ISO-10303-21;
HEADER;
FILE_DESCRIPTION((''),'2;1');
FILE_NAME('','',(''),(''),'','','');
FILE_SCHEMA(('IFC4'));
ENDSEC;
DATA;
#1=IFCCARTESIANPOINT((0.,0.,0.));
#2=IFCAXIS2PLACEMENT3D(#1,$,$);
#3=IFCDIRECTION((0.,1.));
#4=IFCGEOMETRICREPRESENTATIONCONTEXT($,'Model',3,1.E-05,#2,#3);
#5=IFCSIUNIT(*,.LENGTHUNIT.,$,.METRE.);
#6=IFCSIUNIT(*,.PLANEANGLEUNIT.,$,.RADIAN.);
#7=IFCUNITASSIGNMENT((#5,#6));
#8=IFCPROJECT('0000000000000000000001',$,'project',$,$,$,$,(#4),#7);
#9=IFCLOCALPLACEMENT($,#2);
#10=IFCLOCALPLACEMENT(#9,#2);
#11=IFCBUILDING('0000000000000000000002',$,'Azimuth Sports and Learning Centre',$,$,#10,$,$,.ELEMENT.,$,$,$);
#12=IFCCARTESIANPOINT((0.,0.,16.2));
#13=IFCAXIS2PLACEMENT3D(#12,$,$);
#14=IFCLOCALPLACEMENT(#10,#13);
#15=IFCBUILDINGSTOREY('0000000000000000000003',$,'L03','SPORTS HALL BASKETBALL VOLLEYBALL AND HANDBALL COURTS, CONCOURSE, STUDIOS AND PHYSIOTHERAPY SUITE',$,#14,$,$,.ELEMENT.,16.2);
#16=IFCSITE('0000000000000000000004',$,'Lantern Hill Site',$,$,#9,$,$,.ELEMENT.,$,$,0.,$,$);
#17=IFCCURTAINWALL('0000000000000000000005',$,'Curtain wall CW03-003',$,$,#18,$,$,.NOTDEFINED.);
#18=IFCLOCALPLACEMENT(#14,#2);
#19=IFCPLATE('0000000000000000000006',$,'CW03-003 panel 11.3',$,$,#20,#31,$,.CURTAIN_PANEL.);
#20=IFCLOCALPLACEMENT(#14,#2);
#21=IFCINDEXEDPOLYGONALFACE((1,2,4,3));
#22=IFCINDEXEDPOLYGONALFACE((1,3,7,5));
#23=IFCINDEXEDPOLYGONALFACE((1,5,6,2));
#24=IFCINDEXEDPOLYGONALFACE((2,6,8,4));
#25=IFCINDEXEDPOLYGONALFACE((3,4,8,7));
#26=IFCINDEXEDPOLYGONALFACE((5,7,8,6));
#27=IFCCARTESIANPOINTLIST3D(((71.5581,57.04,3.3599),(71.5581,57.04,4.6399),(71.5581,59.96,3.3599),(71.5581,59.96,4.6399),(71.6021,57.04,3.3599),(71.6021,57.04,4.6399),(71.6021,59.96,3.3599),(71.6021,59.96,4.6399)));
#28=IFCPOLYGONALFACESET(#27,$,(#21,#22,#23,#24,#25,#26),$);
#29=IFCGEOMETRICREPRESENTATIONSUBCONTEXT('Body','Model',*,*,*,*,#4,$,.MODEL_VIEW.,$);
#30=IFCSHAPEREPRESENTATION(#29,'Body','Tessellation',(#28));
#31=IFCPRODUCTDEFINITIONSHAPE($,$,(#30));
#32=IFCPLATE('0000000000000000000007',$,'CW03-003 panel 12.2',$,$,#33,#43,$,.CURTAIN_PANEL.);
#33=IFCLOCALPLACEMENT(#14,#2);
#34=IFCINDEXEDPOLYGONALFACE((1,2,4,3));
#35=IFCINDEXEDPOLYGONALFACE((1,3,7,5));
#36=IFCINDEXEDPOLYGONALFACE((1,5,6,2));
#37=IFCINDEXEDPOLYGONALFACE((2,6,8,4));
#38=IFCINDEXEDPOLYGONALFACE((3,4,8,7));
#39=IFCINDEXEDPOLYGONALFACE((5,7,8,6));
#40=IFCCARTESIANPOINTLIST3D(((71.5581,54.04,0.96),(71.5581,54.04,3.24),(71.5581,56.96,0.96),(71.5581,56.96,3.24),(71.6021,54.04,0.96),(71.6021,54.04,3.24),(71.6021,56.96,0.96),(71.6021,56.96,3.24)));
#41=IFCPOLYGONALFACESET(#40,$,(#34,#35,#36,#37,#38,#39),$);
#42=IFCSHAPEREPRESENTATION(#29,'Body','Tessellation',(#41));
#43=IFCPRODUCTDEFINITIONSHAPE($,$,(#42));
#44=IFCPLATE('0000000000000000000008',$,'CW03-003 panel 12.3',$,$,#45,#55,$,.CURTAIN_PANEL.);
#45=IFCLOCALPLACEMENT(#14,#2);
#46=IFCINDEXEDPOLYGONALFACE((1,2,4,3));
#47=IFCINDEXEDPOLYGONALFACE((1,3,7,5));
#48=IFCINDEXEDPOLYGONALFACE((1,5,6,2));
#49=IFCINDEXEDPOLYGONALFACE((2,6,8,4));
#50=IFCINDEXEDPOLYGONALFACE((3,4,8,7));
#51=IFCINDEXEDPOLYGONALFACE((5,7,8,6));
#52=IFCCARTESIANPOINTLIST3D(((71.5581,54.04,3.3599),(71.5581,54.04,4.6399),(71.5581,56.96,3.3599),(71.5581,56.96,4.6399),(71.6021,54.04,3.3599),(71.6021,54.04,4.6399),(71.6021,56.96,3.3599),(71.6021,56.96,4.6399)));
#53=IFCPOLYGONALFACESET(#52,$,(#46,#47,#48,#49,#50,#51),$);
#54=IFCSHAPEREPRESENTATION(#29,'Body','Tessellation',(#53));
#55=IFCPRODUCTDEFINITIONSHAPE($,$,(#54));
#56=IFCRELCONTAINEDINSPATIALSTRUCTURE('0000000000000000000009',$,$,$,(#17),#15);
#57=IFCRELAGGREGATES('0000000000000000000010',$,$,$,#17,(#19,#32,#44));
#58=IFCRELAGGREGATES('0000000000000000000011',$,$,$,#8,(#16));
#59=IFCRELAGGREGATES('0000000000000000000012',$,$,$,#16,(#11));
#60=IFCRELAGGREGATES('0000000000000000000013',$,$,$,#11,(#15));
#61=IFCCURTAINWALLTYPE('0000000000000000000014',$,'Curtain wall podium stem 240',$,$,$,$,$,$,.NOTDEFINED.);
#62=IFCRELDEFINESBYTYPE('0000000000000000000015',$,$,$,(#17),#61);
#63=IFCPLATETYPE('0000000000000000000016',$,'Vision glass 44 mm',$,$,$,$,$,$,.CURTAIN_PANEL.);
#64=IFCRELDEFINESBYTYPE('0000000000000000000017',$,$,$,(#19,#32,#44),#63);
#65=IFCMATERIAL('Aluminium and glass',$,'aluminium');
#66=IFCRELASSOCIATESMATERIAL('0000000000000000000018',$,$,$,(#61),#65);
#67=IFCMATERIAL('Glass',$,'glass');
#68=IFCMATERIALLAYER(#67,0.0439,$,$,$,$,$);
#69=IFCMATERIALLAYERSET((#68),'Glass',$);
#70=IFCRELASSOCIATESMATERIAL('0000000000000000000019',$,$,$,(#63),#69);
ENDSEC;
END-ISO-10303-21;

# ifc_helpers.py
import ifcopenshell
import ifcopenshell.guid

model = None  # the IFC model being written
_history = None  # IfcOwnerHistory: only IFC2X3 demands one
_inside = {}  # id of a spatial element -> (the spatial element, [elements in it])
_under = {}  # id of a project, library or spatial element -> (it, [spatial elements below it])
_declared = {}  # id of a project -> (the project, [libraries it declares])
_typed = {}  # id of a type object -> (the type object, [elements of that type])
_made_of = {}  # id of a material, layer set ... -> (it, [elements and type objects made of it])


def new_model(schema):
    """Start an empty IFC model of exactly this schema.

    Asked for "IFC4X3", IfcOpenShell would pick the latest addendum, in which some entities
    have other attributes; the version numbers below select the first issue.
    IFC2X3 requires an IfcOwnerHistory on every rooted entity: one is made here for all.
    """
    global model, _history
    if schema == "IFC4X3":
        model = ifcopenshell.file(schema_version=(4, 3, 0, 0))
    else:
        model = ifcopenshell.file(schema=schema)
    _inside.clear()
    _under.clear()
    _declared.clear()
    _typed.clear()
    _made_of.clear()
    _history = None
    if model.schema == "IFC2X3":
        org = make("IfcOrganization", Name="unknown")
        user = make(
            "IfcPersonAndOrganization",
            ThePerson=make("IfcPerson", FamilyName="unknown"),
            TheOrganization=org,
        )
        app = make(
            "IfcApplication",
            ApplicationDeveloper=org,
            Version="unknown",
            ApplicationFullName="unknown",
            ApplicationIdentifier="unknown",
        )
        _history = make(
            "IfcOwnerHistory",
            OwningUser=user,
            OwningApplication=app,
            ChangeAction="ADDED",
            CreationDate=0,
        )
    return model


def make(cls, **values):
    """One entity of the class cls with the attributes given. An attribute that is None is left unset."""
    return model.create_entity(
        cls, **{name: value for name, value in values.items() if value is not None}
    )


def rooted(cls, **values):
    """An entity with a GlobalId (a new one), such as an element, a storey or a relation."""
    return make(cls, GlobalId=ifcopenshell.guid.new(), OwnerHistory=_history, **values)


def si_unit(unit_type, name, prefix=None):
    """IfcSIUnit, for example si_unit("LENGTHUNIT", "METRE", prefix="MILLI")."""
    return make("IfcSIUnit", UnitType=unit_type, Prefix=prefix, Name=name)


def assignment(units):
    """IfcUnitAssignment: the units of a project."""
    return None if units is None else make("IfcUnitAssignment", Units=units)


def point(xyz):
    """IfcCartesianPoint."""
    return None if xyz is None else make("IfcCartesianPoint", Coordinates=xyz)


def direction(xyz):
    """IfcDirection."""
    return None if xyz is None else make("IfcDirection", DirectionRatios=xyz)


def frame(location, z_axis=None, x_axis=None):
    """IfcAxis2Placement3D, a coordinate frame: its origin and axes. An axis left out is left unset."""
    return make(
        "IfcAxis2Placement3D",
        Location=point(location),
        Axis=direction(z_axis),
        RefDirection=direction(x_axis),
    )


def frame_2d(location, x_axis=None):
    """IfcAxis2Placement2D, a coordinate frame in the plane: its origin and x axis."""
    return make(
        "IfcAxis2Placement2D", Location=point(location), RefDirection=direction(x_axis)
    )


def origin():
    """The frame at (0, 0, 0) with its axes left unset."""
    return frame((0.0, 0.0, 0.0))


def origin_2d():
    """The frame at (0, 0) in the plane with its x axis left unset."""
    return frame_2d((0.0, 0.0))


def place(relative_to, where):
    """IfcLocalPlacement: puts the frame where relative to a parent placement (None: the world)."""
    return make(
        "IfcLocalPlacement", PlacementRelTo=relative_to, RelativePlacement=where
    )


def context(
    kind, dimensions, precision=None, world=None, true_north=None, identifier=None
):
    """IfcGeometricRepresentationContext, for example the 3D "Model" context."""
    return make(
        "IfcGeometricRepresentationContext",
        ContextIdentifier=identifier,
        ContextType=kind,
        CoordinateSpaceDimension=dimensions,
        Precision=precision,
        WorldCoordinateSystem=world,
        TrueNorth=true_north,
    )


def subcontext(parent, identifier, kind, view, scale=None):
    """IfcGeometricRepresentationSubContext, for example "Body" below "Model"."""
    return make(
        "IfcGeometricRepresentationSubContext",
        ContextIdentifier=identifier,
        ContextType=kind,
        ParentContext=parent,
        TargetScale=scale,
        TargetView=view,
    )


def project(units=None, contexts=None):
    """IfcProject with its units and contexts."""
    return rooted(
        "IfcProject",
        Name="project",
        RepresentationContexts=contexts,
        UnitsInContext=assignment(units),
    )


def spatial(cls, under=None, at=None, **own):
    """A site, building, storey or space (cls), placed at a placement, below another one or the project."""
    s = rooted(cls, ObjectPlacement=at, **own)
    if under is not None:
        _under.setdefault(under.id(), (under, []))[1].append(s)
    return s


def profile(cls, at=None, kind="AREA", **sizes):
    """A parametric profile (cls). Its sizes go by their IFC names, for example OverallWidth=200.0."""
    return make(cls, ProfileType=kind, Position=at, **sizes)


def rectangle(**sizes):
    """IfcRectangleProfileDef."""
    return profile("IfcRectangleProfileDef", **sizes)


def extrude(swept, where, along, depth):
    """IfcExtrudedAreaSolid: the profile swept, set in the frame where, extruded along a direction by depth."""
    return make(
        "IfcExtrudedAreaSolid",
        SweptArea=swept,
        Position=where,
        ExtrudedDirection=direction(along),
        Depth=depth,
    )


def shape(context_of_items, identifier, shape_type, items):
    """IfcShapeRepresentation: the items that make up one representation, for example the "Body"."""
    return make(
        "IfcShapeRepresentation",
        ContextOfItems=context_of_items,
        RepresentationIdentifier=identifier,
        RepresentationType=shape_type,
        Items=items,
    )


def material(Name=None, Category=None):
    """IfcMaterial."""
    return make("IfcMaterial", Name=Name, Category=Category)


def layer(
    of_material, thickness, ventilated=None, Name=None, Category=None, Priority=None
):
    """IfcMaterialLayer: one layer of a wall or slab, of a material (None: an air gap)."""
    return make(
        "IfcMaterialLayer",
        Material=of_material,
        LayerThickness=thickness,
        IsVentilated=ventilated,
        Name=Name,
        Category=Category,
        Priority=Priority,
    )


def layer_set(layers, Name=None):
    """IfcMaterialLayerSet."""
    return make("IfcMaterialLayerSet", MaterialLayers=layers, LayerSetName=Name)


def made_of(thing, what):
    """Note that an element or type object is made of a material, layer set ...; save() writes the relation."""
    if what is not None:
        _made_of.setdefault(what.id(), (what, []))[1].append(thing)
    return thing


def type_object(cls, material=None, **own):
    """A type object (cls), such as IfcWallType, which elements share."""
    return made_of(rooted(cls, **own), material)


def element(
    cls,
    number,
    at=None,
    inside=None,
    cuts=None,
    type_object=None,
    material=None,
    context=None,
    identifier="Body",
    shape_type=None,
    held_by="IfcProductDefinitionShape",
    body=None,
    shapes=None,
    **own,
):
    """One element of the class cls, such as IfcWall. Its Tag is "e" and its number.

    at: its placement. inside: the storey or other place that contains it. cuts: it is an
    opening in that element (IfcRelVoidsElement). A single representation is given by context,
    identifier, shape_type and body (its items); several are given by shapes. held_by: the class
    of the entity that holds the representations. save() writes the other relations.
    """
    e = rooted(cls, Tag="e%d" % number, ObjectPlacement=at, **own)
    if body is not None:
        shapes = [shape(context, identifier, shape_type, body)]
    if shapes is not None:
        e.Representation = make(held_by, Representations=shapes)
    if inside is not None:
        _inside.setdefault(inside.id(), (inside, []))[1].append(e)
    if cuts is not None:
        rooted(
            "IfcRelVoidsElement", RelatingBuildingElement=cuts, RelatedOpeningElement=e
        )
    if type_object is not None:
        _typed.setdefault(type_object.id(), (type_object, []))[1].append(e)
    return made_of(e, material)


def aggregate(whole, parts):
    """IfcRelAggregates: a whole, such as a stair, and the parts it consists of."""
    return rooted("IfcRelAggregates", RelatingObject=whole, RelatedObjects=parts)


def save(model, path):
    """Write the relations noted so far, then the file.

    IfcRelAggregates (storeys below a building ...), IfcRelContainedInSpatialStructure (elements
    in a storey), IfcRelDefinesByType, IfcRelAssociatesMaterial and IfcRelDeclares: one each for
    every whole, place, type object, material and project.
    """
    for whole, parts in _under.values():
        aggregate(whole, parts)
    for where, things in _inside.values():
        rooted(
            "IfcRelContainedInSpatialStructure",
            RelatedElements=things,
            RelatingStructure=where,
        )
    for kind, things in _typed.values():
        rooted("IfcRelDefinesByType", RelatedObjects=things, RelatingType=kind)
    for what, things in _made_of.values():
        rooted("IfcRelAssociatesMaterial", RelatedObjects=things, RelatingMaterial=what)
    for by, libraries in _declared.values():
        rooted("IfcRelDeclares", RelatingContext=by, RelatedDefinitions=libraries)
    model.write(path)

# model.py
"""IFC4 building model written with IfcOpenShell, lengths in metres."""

from ifc_helpers import new_model, si_unit, direction, frame, origin, origin_2d, place, context, subcontext, project, spatial, rectangle, extrude, material, layer, layer_set, type_object, element, aggregate, save


model = new_model("IFC4")

# Units and contexts
model_context = context("Model", 3, precision=1e-05, world=origin(), true_north=direction((0.0, 1.0)))
body_context = subcontext(model_context, "Body", "Model", "MODEL_VIEW")
ifc_project = project(units=[si_unit("LENGTHUNIT", "METRE"), si_unit("PLANEANGLEUNIT", "RADIAN")], contexts=[model_context])

# Site, building, storey
site_placement = place(None, origin())
site = spatial("IfcSite", under=ifc_project, at=site_placement, Name="Lantern Hill Site", CompositionType="ELEMENT", RefElevation=0.0)
building_placement = place(site_placement, origin())
building = spatial("IfcBuilding", under=site, at=building_placement, Name="Azimuth Sports and Learning Centre", CompositionType="ELEMENT")
storey_placement = place(building_placement, frame((0.0, 0.0, 16.2)))
storey = spatial("IfcBuildingStorey", under=building, at=storey_placement, Name="L03", Description="SPORTS HALL BASKETBALL VOLLEYBALL AND HANDBALL COURTS, CONCOURSE, STUDIOS AND PHYSIOTHERAPY SUITE", CompositionType="ELEMENT", Elevation=16.2)

# Curtain wall, plates
ifc_material_1 = material(Name="Aluminium and glass", Category="aluminium")
curtain_wall_type = type_object("IfcCurtainWallType", Name="Curtain wall podium stem 240", PredefinedType="NOTDEFINED", material=ifc_material_1)
curtain_wall_placement = place(storey_placement, origin())
curtain_wall = element("IfcCurtainWall", 1, at=curtain_wall_placement, inside=storey, type_object=curtain_wall_type, Name="Curtain wall CW03-003", PredefinedType="NOTDEFINED")
ifc_material_2 = material(Name="Glass", Category="glass")
ifc_layer_1 = layer(ifc_material_2, 0.0439)
ifc_layer_set_1 = layer_set([ifc_layer_1], Name="Glass")
plate_type_1 = type_object("IfcPlateType", Name="Vision glass 44 mm", PredefinedType="CURTAIN_PANEL", material=ifc_layer_set_1)
plate_1_placement = place(storey_placement, frame((71.5801, 58.5, 3.3599), z_axis=(0.0, 0.0, 1.0), x_axis=(0.0, -1.0, 0.0)))
plate_1 = element("IfcPlate", 2, at=plate_1_placement, type_object=plate_type_1, Name="CW03-003 panel 11.3", PredefinedType="CURTAIN_PANEL", context=body_context, shape_type="SweptSolid", body=[
    extrude(rectangle(XDim=2.9199, YDim=0.0439, at=origin_2d()), origin(), (0.0, 0.0, 1.0), 1.28),
])
plate_2_placement = place(storey_placement, frame((71.5801, 55.5, 0.96), z_axis=(0.0, 0.0, 1.0), x_axis=(0.0, -1.0, 0.0)))
plate_2 = element("IfcPlate", 3, at=plate_2_placement, type_object=plate_type_1, Name="CW03-003 panel 12.2", PredefinedType="CURTAIN_PANEL", context=body_context, shape_type="SweptSolid", body=[
    extrude(rectangle(XDim=2.9199, YDim=0.0439, at=origin_2d()), origin(), (0.0, 0.0, 1.0), 2.28),
])
plate_3_placement = place(storey_placement, frame((71.5801, 55.5, 3.3599), z_axis=(0.0, 0.0, 1.0), x_axis=(0.0, -1.0, 0.0)))
plate_3 = element("IfcPlate", 4, at=plate_3_placement, type_object=plate_type_1, Name="CW03-003 panel 12.3", PredefinedType="CURTAIN_PANEL", context=body_context, shape_type="SweptSolid", body=[
    extrude(rectangle(XDim=2.9199, YDim=0.0439, at=origin_2d()), origin(), (0.0, 0.0, 1.0), 1.28),
])
aggregate(curtain_wall, [plate_1, plate_2, plate_3])

save(model, "model.ifc")
